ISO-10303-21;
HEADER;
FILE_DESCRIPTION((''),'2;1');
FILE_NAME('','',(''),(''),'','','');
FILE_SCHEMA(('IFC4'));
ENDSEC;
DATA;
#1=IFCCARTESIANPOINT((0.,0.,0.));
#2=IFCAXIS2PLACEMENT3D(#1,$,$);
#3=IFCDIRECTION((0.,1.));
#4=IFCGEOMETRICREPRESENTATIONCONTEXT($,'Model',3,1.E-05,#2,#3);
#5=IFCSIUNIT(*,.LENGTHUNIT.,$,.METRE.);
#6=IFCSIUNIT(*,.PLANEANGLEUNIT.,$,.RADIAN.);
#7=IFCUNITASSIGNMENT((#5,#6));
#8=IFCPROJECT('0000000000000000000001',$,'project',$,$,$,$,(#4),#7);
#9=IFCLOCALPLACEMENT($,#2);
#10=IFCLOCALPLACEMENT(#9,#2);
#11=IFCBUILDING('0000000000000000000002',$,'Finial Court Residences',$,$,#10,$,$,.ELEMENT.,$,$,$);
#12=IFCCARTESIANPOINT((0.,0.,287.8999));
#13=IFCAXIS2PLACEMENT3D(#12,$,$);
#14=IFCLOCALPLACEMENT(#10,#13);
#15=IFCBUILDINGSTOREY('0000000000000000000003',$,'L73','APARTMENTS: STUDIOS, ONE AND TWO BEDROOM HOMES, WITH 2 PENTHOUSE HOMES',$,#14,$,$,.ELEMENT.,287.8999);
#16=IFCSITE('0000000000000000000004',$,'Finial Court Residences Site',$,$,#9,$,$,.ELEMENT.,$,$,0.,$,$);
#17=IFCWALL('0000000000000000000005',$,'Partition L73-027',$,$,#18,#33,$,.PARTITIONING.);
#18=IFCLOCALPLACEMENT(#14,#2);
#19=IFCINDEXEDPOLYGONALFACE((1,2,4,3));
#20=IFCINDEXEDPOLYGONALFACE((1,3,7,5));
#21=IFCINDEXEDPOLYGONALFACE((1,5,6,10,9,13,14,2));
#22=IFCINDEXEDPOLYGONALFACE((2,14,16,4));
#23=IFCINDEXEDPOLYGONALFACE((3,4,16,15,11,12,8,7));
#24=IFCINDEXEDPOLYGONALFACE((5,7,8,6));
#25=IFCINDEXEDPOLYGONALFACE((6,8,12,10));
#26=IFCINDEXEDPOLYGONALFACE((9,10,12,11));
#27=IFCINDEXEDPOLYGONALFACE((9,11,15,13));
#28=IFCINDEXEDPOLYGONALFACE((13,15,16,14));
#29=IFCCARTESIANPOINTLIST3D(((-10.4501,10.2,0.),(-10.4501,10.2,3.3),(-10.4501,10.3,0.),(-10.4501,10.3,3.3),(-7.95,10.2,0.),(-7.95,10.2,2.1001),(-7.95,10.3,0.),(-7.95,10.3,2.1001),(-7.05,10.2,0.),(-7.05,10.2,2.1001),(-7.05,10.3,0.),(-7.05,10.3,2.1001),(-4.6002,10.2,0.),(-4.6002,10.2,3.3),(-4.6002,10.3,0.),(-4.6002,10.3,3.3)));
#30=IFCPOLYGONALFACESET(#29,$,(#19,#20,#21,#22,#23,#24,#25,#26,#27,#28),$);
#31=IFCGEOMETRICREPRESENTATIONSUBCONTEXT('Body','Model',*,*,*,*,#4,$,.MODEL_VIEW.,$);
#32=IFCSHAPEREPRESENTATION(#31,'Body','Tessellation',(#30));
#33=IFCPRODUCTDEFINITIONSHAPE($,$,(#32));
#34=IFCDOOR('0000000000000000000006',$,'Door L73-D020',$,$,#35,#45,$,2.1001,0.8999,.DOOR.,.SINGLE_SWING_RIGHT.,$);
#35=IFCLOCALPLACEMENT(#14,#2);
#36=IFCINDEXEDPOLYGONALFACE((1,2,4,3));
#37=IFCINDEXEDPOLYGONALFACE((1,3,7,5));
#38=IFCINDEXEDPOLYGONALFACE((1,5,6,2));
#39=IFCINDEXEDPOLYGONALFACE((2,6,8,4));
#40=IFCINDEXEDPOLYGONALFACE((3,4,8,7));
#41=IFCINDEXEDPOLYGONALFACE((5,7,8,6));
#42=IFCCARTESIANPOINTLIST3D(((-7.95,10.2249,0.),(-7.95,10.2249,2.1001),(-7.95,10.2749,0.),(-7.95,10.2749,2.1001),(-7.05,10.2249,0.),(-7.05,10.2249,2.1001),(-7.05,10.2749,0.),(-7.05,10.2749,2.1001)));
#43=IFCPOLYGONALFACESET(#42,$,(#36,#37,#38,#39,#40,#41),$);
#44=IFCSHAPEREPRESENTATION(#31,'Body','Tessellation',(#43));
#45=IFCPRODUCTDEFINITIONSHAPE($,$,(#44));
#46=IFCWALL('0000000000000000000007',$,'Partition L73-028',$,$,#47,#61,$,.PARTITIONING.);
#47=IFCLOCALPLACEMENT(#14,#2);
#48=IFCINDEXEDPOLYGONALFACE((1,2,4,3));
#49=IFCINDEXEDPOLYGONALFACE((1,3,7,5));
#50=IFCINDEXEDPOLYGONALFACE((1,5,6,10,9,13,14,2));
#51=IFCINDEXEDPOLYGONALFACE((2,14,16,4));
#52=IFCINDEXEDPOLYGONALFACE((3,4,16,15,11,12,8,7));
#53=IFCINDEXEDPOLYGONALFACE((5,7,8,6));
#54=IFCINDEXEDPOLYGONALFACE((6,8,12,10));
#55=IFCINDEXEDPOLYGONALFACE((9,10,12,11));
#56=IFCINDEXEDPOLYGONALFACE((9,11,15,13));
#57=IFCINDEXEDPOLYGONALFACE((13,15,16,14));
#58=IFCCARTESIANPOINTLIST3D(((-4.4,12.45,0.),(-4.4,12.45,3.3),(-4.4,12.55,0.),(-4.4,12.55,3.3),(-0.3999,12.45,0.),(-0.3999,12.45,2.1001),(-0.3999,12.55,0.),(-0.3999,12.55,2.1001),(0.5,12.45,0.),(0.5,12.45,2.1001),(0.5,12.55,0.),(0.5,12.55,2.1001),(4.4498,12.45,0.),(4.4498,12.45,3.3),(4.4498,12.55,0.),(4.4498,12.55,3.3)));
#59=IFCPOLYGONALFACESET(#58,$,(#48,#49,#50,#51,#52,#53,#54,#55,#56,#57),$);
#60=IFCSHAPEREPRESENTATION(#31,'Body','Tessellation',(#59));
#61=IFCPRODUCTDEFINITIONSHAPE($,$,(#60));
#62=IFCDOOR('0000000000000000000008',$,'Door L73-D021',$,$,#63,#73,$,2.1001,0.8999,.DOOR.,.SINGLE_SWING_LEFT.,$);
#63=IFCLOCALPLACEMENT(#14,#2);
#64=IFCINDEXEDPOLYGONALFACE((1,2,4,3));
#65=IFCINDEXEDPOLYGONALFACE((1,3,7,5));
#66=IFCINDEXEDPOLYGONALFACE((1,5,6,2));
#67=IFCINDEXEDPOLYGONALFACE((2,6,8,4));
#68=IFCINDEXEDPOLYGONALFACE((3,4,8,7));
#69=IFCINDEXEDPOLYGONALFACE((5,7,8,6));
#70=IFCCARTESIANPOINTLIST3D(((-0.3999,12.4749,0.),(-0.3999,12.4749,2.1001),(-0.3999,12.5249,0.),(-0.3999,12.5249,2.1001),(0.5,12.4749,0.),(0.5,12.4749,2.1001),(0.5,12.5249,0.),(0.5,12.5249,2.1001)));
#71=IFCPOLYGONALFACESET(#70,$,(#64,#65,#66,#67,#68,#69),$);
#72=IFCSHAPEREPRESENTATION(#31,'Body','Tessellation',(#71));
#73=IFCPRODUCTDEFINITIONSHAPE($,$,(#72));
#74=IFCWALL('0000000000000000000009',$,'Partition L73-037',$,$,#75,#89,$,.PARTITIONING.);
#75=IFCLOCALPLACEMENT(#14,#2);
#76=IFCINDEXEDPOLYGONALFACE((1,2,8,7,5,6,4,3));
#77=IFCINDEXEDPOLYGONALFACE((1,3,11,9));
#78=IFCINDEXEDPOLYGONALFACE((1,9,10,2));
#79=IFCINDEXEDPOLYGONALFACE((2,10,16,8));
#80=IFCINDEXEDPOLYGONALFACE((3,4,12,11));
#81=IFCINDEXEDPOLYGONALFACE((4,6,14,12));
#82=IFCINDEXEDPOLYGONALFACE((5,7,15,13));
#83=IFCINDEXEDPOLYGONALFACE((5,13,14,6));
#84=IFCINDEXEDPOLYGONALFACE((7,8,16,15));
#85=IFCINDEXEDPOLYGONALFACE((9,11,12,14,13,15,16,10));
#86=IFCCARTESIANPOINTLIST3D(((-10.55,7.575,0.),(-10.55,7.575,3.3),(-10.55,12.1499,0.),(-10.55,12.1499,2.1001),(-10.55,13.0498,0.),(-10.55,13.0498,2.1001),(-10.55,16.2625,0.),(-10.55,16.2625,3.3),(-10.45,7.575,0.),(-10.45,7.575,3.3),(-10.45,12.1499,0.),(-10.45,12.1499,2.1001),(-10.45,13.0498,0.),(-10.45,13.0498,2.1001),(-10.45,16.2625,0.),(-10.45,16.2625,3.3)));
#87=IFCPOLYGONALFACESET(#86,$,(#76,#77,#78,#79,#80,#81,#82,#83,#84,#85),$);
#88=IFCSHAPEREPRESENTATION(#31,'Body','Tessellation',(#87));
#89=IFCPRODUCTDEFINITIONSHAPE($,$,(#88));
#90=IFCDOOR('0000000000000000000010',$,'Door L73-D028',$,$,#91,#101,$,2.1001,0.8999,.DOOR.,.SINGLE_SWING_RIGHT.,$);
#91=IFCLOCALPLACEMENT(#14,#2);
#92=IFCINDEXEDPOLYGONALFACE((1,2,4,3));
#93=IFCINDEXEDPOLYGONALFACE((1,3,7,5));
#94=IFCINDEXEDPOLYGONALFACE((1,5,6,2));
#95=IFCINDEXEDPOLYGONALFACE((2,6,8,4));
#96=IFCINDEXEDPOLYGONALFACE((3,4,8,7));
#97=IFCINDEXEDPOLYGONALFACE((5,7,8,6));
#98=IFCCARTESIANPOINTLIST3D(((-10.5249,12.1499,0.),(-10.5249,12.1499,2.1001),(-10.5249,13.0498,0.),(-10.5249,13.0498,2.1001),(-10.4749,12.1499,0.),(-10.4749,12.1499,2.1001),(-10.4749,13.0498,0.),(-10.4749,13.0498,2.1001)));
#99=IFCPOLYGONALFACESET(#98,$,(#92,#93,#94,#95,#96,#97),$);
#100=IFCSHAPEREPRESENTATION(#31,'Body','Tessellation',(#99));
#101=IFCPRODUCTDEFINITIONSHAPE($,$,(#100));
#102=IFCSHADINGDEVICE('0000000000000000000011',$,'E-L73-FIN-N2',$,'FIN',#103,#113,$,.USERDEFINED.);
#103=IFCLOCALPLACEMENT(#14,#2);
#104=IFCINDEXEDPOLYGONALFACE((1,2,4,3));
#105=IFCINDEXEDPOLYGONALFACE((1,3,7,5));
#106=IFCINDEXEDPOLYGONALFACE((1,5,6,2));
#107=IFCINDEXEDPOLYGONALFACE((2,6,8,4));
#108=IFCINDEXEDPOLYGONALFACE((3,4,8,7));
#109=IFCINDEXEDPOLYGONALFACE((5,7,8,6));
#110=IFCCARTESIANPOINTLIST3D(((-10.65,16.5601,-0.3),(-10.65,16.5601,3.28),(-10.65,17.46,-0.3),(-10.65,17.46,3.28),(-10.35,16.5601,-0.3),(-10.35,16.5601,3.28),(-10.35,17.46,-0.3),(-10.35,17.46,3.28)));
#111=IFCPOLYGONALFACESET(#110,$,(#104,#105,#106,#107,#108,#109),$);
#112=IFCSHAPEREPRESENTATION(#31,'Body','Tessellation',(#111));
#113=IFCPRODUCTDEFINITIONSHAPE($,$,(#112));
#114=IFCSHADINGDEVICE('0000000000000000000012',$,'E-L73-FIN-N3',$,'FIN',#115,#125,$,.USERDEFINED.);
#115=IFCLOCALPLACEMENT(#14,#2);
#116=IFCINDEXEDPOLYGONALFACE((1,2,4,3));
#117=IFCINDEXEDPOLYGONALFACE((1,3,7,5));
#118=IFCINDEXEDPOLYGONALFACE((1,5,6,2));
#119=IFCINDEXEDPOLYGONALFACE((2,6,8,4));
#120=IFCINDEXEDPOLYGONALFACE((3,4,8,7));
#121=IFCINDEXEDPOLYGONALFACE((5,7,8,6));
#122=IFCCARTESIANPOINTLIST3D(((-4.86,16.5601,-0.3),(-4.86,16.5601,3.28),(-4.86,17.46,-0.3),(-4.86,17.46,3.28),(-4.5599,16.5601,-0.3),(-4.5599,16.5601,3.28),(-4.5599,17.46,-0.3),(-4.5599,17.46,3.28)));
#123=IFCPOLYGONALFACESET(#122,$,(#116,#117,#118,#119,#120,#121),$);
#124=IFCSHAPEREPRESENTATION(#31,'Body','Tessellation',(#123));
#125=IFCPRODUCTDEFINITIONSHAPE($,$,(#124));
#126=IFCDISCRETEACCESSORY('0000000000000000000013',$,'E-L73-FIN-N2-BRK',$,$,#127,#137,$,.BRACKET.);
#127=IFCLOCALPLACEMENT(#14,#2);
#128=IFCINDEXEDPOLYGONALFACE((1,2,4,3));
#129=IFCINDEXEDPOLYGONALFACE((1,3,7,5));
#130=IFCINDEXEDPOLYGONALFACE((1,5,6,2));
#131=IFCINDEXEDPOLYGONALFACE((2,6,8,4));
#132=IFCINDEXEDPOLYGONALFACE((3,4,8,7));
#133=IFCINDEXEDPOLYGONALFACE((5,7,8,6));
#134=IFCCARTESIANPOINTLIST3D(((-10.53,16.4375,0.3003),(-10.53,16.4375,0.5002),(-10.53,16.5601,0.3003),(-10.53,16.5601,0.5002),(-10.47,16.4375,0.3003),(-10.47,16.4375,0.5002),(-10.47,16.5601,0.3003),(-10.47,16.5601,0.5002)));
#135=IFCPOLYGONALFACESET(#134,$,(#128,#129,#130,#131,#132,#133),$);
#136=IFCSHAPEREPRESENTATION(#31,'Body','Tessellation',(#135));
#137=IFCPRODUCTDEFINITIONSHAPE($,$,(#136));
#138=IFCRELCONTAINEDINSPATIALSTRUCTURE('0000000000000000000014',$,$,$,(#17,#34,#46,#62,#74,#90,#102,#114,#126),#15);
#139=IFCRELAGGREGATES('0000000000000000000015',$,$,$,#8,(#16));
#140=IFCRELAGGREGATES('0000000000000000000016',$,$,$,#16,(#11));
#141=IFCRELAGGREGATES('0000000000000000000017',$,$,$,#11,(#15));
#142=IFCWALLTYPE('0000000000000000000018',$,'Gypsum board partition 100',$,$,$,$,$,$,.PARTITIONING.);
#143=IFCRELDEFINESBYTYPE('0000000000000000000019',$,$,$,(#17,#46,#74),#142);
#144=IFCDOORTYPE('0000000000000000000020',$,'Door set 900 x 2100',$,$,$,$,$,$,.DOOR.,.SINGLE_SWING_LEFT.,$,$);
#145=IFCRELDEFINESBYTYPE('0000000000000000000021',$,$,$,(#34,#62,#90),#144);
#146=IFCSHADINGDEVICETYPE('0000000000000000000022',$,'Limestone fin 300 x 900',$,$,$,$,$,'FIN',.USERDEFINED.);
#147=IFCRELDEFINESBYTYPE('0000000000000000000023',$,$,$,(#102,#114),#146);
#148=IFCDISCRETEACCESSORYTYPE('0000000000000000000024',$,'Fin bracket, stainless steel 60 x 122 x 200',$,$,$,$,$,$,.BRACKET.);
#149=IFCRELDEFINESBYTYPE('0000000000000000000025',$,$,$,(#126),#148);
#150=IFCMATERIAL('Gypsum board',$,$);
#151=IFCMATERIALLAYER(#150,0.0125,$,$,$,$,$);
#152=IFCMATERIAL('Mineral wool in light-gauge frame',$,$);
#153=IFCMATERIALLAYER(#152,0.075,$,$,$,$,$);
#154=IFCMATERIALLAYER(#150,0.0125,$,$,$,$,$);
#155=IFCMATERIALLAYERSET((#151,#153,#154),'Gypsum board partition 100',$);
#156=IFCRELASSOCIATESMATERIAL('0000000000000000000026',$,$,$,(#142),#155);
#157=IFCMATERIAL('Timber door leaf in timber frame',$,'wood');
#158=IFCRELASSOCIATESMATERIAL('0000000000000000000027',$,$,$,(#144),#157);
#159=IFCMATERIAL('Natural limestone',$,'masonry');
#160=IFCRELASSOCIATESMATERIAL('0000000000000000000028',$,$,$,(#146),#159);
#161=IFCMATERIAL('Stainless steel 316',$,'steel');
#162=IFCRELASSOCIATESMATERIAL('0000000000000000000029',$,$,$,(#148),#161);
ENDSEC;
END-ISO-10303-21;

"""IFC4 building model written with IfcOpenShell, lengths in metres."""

from ifc_helpers import new_model, si_unit, direction, frame, frame_2d, origin, origin_2d, place, context, subcontext, project, spatial, rectangle, extrude, material, layer, layer_set, type_object, element, fill, save


model = new_model("IFC4")

# Units and contexts
model_context = context("Model", 3, precision=1e-05, world=origin(), true_north=direction((0.0, 1.0)))
body_context = subcontext(model_context, "Body", "Model", "MODEL_VIEW")
ifc_project = project(units=[si_unit("LENGTHUNIT", "METRE"), si_unit("PLANEANGLEUNIT", "RADIAN")], contexts=[model_context])

# Site, building, storey
site_placement = place(None, origin())
site = spatial("IfcSite", under=ifc_project, at=site_placement, Name="Finial Court Residences Site", CompositionType="ELEMENT", RefElevation=0.0)
building_placement = place(site_placement, origin())
building = spatial("IfcBuilding", under=site, at=building_placement, Name="Finial Court Residences", CompositionType="ELEMENT")
storey_placement = place(building_placement, frame((0.0, 0.0, 287.8999)))
storey = spatial("IfcBuildingStorey", under=building, at=storey_placement, Name="L73", Description="APARTMENTS: STUDIOS, ONE AND TWO BEDROOM HOMES, WITH 2 PENTHOUSE HOMES", CompositionType="ELEMENT", Elevation=287.8999)

# Shared definitions
ifc_material_1 = material(Name="Gypsum board")
ifc_layer_1 = layer(ifc_material_1, 0.0125)
ifc_material_2 = material(Name="Mineral wool in light-gauge frame")
ifc_layer_2 = layer(ifc_material_2, 0.075)
ifc_layer_3 = layer(ifc_material_1, 0.0125)
ifc_layer_set_1 = layer_set([ifc_layer_1, ifc_layer_2, ifc_layer_3], Name="Gypsum board partition 100")
wall_type_1 = type_object("IfcWallType", Name="Gypsum board partition 100", PredefinedType="PARTITIONING", material=ifc_layer_set_1)

# Walls, openings, doors
wall_1_placement = place(storey_placement, frame((-10.45, 10.25, 0.0), z_axis=(0.0, 0.0, 1.0), x_axis=(1.0, 0.0, 0.0)))
wall_1 = element("IfcWall", 1, at=wall_1_placement, inside=storey, type_object=wall_type_1, Name="Partition L73-027", PredefinedType="PARTITIONING", context=body_context, shape_type="SweptSolid", body=[
    extrude(rectangle(XDim=5.8499, YDim=0.1001, at=frame_2d((2.9248, 0.0))), origin(), (0.0, 0.0, 1.0), 3.3),
])
opening_1_placement = place(wall_1_placement, frame((2.5, 0.0, 0.0)))
opening_1 = element("IfcOpeningElement", 2, at=opening_1_placement, cuts=wall_1, PredefinedType="OPENING", context=body_context, shape_type="SweptSolid", body=[
    extrude(rectangle(XDim=0.8999, YDim=2.1001, at=frame_2d((0.45, 1.05))), frame((0.0, 0.0601, 0.0), z_axis=(0.0, -1.0, 0.0), x_axis=(1.0, 0.0, 0.0)), (0.0, 0.0, 1.0), 0.1201),
])
ifc_material_3 = material(Name="Timber door leaf in timber frame", Category="wood")
door_type = type_object("IfcDoorType", Name="Door set 900 x 2100", OperationType="SINGLE_SWING_LEFT", PredefinedType="DOOR", material=ifc_material_3)
door_1_placement = place(opening_1_placement, origin())
door_1 = element("IfcDoor", 3, at=door_1_placement, inside=storey, type_object=door_type, Name="Door L73-D020", OperationType="SINGLE_SWING_RIGHT", OverallHeight=2.1001, OverallWidth=0.8999, PredefinedType="DOOR", context=body_context, shape_type="SweptSolid", body=[
    extrude(rectangle(XDim=0.8999, YDim=2.1001, at=frame_2d((0.45, 1.05))), frame((0.0, 0.0249, 0.0), z_axis=(0.0, -1.0, 0.0), x_axis=(1.0, 0.0, 0.0)), (0.0, 0.0, 1.0), 0.05),
])
fill(opening_1, door_1)
wall_2_placement = place(storey_placement, frame((-4.3999, 12.5, 0.0), z_axis=(0.0, 0.0, 1.0), x_axis=(1.0, 0.0, 0.0)))
wall_2 = element("IfcWall", 4, at=wall_2_placement, inside=storey, type_object=wall_type_1, Name="Partition L73-028", PredefinedType="PARTITIONING", context=body_context, shape_type="SweptSolid", body=[
    extrude(rectangle(XDim=8.8499, YDim=0.1001, at=frame_2d((4.4248, 0.0))), origin(), (0.0, 0.0, 1.0), 3.3),
])
opening_2_placement = place(wall_2_placement, frame((4.0, 0.0, 0.0)))
opening_2 = element("IfcOpeningElement", 5, at=opening_2_placement, cuts=wall_2, PredefinedType="OPENING", context=body_context, shape_type="SweptSolid", body=[
    extrude(rectangle(XDim=0.8999, YDim=2.1001, at=frame_2d((0.45, 1.05))), frame((0.0, 0.0601, 0.0), z_axis=(0.0, -1.0, 0.0), x_axis=(1.0, 0.0, 0.0)), (0.0, 0.0, 1.0), 0.1201),
])
door_2_placement = place(opening_2_placement, origin())
door_2 = element("IfcDoor", 6, at=door_2_placement, inside=storey, type_object=door_type, Name="Door L73-D021", OperationType="SINGLE_SWING_LEFT", OverallHeight=2.1001, OverallWidth=0.8999, PredefinedType="DOOR", context=body_context, shape_type="SweptSolid", body=[
    extrude(rectangle(XDim=0.8999, YDim=2.1001, at=frame_2d((0.45, 1.05))), frame((0.0, 0.0249, 0.0), z_axis=(0.0, -1.0, 0.0), x_axis=(1.0, 0.0, 0.0)), (0.0, 0.0, 1.0), 0.05),
])
fill(opening_2, door_2)
wall_3_placement = place(storey_placement, frame((-10.5, 7.575, 0.0), z_axis=(0.0, 0.0, 1.0), x_axis=(0.0, 1.0, 0.0)))
wall_3 = element("IfcWall", 7, at=wall_3_placement, inside=storey, type_object=wall_type_1, Name="Partition L73-037", PredefinedType="PARTITIONING", context=body_context, shape_type="SweptSolid", body=[
    extrude(rectangle(XDim=8.6875, YDim=0.1001, at=frame_2d((4.3438, 0.0))), origin(), (0.0, 0.0, 1.0), 3.3),
])
opening_3_placement = place(wall_3_placement, frame((4.575, 0.0, 0.0)))
opening_3 = element("IfcOpeningElement", 8, at=opening_3_placement, cuts=wall_3, PredefinedType="OPENING", context=body_context, shape_type="SweptSolid", body=[
    extrude(rectangle(XDim=0.8999, YDim=2.1001, at=frame_2d((0.45, 1.05))), frame((0.0, 0.0601, 0.0), z_axis=(0.0, -1.0, 0.0), x_axis=(1.0, 0.0, 0.0)), (0.0, 0.0, 1.0), 0.1201),
])
door_3_placement = place(opening_3_placement, origin())
door_3 = element("IfcDoor", 9, at=door_3_placement, inside=storey, type_object=door_type, Name="Door L73-D028", OperationType="SINGLE_SWING_RIGHT", OverallHeight=2.1001, OverallWidth=0.8999, PredefinedType="DOOR", context=body_context, shape_type="SweptSolid", body=[
    extrude(rectangle(XDim=0.8999, YDim=2.1001, at=frame_2d((0.45, 1.05))), frame((0.0, 0.0249, 0.0), z_axis=(0.0, -1.0, 0.0), x_axis=(1.0, 0.0, 0.0)), (0.0, 0.0, 1.0), 0.05),
])
fill(opening_3, door_3)

# Shading devices
ifc_material_4 = material(Name="Natural limestone", Category="masonry")
shading_device_type = type_object("IfcShadingDeviceType", Name="Limestone fin 300 x 900", ElementType="FIN", PredefinedType="USERDEFINED", material=ifc_material_4)
for number, where, z_axis, x_axis, name in (
    (10, (-10.5, 17.01, -0.3), (0.0, 0.0, 1.0), (1.0, 0.0, 0.0), "E-L73-FIN-N2"),
    (11, (-4.71, 17.01, -0.3), (0.0, 0.0, 1.0), (1.0, 0.0, 0.0), "E-L73-FIN-N3"),
):
    element("IfcShadingDevice", number, at=place(storey_placement, frame(where, z_axis=z_axis, x_axis=x_axis)), inside=storey, type_object=shading_device_type, Name=name, ObjectType="FIN", PredefinedType="USERDEFINED", context=body_context, shape_type="SweptSolid", body=[
        extrude(rectangle(XDim=0.3, YDim=0.8999, at=origin_2d()), origin(), (0.0, 0.0, 1.0), 3.5801),
    ])

# Discrete accessory
ifc_material_5 = material(Name="Stainless steel 316", Category="steel")
discrete_accessory_type = type_object("IfcDiscreteAccessoryType", Name="Fin bracket, stainless steel 60 x 122 x 200", PredefinedType="BRACKET", material=ifc_material_5)
discrete_accessory_placement = place(storey_placement, frame((-10.5, 16.4988, 0.3003), z_axis=(0.0, 0.0, 1.0), x_axis=(1.0, 0.0, 0.0)))
element("IfcDiscreteAccessory", 12, at=discrete_accessory_placement, inside=storey, type_object=discrete_accessory_type, Name="E-L73-FIN-N2-BRK", PredefinedType="BRACKET", context=body_context, shape_type="SweptSolid", body=[
    extrude(rectangle(XDim=0.0601, YDim=0.1226, at=origin_2d()), origin(), (0.0, 0.0, 1.0), 0.2),
])

save(model, "model.ifc")
